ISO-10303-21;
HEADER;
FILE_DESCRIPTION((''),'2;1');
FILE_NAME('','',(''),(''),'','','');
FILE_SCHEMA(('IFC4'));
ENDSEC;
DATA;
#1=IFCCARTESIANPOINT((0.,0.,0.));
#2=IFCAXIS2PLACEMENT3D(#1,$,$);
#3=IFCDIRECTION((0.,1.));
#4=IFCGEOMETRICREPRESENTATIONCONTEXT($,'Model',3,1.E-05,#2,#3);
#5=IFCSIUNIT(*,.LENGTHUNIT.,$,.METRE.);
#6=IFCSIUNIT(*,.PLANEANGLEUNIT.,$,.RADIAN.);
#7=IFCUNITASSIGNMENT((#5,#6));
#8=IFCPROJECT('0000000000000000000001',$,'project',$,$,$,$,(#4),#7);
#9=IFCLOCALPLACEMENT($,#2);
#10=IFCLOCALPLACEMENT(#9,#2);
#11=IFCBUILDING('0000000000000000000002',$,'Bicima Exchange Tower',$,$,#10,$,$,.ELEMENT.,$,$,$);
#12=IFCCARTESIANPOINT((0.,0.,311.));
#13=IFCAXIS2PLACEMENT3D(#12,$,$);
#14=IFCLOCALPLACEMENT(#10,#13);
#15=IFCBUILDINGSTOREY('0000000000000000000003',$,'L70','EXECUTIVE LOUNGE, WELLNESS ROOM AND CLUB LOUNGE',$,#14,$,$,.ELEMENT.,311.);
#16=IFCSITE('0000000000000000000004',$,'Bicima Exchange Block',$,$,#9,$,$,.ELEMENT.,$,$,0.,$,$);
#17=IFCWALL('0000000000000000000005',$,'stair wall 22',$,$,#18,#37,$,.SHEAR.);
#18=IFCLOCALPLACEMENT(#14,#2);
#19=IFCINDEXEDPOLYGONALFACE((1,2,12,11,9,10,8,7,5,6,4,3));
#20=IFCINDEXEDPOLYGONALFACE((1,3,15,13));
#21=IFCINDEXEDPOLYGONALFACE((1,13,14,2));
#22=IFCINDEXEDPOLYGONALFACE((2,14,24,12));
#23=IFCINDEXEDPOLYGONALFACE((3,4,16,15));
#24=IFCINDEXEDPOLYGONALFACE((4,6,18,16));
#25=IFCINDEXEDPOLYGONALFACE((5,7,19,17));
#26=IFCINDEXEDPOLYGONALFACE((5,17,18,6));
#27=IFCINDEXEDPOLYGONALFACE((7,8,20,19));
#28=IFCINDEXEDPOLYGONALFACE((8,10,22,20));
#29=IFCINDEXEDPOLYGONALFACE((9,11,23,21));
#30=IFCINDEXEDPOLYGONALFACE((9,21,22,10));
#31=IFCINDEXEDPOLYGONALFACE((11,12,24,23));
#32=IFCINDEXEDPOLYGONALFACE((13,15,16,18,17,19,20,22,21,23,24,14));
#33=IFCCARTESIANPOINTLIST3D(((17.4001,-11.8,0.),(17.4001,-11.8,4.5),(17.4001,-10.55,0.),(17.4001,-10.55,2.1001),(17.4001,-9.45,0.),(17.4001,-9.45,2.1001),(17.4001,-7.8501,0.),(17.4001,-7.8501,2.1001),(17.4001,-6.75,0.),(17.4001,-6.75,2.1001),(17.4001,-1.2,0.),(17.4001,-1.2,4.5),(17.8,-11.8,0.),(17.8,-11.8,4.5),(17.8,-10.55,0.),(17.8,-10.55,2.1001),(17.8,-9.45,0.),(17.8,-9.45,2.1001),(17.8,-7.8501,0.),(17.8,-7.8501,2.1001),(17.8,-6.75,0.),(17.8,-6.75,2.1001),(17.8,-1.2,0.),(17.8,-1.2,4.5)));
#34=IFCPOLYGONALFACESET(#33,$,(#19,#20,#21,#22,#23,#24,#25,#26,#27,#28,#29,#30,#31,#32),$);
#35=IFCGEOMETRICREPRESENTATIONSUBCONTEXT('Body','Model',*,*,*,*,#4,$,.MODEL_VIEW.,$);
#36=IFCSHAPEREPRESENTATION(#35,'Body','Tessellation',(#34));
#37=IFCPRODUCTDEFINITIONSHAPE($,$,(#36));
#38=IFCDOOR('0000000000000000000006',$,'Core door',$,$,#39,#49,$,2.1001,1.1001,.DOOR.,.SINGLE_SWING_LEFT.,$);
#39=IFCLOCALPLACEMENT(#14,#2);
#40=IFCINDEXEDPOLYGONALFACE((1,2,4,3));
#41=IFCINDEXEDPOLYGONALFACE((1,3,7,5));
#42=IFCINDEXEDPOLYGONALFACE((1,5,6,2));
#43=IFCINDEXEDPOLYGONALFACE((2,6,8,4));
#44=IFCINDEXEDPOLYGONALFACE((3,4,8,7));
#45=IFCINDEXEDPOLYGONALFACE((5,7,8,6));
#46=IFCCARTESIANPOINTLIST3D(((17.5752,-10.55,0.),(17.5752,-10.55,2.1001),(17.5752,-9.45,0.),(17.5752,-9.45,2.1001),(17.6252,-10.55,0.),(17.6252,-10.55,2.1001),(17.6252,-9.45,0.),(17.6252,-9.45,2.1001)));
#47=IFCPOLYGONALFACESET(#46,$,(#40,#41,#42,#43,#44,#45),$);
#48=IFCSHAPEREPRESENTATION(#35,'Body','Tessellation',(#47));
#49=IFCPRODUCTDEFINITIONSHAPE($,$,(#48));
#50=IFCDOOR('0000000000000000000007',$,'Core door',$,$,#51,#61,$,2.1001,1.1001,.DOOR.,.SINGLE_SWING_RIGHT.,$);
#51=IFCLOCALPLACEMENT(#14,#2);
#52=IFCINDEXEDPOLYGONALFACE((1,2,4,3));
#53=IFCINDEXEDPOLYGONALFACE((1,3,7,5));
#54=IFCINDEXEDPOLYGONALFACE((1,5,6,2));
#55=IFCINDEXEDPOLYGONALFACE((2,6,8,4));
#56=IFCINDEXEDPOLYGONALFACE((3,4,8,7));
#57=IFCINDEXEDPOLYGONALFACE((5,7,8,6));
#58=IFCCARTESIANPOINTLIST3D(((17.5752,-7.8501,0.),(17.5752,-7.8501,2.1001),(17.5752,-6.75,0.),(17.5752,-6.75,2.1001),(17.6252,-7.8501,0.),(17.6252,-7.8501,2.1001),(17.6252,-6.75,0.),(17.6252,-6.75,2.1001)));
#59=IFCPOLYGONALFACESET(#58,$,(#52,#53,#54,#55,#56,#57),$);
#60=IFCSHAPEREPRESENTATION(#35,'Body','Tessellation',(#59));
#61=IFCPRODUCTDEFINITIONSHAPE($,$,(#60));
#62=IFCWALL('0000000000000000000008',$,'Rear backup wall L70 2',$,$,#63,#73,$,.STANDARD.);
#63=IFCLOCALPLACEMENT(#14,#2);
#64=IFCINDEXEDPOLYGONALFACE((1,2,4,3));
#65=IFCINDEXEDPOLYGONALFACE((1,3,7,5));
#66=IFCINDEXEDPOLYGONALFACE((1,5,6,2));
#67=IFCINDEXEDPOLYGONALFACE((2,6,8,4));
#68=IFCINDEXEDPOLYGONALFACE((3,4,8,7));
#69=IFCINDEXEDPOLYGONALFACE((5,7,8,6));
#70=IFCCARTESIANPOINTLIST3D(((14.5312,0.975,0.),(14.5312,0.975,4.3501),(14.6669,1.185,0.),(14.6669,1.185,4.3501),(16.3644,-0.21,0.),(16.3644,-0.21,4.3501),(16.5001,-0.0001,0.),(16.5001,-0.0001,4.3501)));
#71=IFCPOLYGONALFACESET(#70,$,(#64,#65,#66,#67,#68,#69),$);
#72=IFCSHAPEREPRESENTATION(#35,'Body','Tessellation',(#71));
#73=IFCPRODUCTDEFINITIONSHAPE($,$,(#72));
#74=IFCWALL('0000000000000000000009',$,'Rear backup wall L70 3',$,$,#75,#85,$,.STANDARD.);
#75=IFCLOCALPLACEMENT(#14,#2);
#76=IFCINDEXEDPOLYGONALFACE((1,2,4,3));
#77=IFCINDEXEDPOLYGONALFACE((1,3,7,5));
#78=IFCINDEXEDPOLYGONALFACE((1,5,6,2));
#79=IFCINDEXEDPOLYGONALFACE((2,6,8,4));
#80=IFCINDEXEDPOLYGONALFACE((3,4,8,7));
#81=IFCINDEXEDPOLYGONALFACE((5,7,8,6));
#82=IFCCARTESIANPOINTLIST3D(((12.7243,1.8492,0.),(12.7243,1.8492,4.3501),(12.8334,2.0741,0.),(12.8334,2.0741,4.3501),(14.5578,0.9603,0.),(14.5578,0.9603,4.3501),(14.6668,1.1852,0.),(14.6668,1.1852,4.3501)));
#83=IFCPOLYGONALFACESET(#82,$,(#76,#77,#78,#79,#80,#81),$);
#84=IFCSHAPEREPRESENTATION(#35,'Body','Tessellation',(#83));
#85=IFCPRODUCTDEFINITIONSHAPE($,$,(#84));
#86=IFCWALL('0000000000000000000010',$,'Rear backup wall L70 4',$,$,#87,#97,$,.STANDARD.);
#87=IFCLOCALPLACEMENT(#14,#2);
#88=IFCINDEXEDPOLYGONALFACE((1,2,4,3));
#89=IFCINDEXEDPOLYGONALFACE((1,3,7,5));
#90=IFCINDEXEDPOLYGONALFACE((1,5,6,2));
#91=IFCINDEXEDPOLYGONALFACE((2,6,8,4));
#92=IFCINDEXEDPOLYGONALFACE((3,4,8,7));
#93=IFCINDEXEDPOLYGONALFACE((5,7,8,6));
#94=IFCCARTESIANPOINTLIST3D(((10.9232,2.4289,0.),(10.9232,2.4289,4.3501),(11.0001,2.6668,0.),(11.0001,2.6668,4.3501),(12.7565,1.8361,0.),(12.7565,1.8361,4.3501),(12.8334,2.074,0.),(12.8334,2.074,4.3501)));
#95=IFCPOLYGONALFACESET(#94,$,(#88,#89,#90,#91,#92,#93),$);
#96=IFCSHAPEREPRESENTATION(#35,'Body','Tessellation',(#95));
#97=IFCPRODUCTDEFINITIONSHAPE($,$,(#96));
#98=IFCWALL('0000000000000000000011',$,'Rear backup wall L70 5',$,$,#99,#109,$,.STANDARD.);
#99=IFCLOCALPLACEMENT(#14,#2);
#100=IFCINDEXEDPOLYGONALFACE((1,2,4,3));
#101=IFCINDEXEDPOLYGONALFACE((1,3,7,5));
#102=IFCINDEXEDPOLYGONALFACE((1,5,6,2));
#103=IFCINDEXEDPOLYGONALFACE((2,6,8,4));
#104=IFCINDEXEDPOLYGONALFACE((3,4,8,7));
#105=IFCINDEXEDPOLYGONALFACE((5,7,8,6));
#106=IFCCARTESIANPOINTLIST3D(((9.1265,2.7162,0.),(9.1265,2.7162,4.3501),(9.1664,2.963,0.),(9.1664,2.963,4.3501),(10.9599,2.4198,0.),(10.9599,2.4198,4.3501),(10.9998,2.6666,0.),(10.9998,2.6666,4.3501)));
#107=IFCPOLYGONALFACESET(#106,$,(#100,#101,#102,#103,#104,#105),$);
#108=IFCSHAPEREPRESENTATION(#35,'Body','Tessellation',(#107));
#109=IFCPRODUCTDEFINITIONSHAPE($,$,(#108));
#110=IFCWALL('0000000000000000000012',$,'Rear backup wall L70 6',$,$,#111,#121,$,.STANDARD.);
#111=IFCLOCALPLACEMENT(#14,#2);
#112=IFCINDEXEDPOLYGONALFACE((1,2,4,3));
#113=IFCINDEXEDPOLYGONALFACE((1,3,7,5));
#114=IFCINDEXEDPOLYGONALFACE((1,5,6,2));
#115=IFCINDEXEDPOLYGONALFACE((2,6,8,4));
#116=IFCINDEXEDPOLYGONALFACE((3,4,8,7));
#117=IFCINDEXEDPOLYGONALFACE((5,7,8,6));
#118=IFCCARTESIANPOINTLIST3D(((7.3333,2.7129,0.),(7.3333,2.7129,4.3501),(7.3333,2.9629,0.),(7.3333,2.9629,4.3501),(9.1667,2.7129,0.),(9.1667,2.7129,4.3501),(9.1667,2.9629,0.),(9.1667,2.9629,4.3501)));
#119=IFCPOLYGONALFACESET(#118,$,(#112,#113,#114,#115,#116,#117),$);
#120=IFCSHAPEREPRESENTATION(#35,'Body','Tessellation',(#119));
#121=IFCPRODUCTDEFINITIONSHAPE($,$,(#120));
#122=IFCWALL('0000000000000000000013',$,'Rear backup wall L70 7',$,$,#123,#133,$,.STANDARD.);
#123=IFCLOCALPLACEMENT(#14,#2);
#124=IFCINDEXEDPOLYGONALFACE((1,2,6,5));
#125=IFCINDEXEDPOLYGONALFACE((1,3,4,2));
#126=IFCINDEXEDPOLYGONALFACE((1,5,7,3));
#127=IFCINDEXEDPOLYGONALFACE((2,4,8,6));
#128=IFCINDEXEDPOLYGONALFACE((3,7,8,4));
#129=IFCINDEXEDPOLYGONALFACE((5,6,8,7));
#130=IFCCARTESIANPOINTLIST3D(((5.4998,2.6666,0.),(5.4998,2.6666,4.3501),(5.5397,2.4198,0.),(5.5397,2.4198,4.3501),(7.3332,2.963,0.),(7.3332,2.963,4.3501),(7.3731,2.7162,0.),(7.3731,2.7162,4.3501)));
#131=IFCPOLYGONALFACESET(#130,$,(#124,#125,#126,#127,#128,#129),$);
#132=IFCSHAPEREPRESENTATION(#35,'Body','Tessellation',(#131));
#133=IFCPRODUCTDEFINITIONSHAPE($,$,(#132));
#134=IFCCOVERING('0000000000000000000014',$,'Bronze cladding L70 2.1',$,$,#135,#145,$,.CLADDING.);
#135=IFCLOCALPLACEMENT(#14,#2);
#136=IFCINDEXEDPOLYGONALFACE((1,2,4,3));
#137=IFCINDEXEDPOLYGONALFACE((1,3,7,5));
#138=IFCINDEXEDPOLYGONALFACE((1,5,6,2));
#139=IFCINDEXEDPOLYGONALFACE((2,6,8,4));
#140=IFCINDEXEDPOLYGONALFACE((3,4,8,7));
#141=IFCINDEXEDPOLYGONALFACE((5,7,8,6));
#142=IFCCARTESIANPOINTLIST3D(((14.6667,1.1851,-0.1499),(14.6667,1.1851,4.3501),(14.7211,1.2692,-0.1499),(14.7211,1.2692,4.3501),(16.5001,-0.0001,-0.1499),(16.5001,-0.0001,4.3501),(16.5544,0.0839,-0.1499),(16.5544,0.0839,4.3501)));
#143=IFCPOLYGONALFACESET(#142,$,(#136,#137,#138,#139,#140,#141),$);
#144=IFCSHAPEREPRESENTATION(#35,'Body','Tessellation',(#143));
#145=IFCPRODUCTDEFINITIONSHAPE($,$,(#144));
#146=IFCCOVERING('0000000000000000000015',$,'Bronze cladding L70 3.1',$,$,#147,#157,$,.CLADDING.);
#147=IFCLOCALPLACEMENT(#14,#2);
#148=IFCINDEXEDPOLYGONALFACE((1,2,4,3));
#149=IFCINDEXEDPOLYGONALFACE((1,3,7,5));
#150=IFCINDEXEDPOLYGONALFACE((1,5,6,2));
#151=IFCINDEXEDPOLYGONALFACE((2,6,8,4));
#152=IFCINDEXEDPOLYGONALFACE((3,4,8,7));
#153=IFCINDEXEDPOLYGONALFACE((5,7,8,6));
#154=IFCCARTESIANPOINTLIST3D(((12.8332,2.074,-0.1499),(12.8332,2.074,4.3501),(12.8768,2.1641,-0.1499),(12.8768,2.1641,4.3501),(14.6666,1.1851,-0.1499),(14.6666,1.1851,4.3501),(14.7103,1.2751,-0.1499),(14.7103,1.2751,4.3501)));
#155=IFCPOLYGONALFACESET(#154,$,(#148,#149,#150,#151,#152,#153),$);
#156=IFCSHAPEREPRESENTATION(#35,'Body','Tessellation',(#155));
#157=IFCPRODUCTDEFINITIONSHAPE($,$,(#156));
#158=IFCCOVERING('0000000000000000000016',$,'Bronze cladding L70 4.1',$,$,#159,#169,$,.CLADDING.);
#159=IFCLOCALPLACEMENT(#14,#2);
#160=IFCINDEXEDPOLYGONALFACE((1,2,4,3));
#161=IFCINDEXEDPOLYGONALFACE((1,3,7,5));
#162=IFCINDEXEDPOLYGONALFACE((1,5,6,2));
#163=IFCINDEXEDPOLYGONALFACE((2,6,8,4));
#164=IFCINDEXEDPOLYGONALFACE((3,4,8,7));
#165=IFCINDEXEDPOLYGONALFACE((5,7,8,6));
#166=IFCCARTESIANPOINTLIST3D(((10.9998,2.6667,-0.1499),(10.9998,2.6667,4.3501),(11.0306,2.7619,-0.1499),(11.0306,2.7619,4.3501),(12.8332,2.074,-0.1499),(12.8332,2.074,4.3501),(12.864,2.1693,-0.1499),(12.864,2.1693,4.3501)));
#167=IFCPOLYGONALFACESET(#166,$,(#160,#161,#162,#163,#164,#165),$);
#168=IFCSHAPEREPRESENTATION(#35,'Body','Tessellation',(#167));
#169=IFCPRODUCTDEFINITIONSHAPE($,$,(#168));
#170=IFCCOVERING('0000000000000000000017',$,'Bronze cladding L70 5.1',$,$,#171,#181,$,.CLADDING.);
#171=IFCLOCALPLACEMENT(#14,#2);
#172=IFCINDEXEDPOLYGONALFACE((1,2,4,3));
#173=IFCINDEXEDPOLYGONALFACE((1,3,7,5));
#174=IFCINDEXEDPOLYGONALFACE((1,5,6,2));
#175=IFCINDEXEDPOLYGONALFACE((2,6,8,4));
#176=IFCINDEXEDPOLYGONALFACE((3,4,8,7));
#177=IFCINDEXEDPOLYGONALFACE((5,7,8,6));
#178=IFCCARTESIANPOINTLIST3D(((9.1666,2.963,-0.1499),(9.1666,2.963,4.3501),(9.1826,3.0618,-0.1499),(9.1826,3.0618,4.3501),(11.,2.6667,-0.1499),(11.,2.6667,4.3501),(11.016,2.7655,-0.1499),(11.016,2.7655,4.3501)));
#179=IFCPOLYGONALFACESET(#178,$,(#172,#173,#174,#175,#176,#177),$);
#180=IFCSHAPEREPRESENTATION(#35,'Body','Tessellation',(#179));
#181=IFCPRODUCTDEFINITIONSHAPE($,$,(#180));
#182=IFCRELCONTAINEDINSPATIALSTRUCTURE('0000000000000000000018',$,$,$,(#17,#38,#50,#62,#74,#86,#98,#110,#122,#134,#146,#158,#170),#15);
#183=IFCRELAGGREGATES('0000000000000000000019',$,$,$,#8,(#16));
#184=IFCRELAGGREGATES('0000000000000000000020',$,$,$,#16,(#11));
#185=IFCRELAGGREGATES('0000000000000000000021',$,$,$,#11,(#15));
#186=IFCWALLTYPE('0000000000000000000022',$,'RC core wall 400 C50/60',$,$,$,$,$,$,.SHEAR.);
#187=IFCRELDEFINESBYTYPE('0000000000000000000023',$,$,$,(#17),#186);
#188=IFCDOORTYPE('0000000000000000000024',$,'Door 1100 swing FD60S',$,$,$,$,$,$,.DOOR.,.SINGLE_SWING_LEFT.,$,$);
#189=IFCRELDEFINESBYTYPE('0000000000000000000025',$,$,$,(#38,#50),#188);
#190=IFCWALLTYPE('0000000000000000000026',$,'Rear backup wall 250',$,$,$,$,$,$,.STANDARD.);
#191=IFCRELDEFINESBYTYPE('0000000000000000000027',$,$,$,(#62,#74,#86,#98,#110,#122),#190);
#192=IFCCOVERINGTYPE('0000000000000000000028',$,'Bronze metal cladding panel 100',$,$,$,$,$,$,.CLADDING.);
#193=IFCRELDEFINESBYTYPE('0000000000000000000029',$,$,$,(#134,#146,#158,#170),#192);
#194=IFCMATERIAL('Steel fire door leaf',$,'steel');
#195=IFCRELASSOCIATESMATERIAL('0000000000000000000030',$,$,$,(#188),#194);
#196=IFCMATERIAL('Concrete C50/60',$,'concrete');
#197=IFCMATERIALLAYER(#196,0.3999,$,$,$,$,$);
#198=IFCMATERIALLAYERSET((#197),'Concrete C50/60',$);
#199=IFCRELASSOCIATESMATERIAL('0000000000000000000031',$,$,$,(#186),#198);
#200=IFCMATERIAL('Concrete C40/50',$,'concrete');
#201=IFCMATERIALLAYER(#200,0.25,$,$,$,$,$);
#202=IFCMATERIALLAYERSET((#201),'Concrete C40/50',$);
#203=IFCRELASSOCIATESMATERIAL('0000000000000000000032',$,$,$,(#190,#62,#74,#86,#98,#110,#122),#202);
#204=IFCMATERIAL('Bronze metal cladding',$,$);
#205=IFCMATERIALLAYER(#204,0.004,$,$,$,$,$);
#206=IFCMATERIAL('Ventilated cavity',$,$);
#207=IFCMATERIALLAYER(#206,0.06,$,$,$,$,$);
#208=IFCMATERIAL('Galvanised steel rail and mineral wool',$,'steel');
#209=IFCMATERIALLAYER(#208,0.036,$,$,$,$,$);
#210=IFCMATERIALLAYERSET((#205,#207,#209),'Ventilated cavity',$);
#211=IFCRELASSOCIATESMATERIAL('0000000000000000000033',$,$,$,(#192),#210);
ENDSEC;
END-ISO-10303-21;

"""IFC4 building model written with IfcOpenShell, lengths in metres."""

from ifc_helpers import new_model, si_unit, direction, frame, frame_2d, origin, origin_2d, place, context, subcontext, project, spatial, rectangle, extrude, material, layer, layer_set, layer_usage, type_object, element, fill, save


model = new_model("IFC4")

# Units and contexts
model_context = context("Model", 3, precision=1e-05, world=origin(), true_north=direction((0.0, 1.0)))
body_context = subcontext(model_context, "Body", "Model", "MODEL_VIEW")
ifc_project = project(units=[si_unit("LENGTHUNIT", "METRE"), si_unit("PLANEANGLEUNIT", "RADIAN")], contexts=[model_context])

# Site, building, storey
site_placement = place(None, origin())
site = spatial("IfcSite", under=ifc_project, at=site_placement, Name="Bicima Exchange Block", CompositionType="ELEMENT", RefElevation=0.0)
building_placement = place(site_placement, origin())
building = spatial("IfcBuilding", under=site, at=building_placement, Name="Bicima Exchange Tower", CompositionType="ELEMENT")
storey_placement = place(building_placement, frame((0.0, 0.0, 311.0)))
storey = spatial("IfcBuildingStorey", under=building, at=storey_placement, Name="L70", Description="EXECUTIVE LOUNGE, WELLNESS ROOM AND CLUB LOUNGE", CompositionType="ELEMENT", Elevation=311.0)

# Shared definitions
ifc_material_1 = material(Name="Concrete C40/50", Category="concrete")

# Shared definitions
ifc_material_2 = material(Name="Steel fire door leaf", Category="steel")
door_type = type_object("IfcDoorType", Name="Door 1100 swing FD60S", OperationType="SINGLE_SWING_LEFT", PredefinedType="DOOR", material=ifc_material_2)

# Wall, openings, doors
ifc_material_3 = material(Name="Concrete C50/60", Category="concrete")
ifc_layer_1 = layer(ifc_material_3, 0.3999)
ifc_layer_set_1 = layer_set([ifc_layer_1], Name="Concrete C50/60")
wall_type_1 = type_object("IfcWallType", Name="RC core wall 400 C50/60", PredefinedType="SHEAR", material=ifc_layer_set_1)
wall_1_placement = place(storey_placement, frame((17.6001, -11.8, 0.0), z_axis=(0.0, 0.0, 1.0), x_axis=(0.0, 1.0, 0.0)))
wall_1 = element("IfcWall", 1, at=wall_1_placement, inside=storey, type_object=wall_type_1, Name="stair wall 22", PredefinedType="SHEAR", context=body_context, shape_type="SweptSolid", body=[
    extrude(rectangle(XDim=10.6001, YDim=0.3999, at=frame_2d((5.3, 0.0))), origin(), (0.0, 0.0, 1.0), 4.5),
])
opening_1_placement = place(wall_1_placement, frame((1.25, 0.0, 0.0)))
opening_1 = element("IfcOpeningElement", 2, at=opening_1_placement, cuts=wall_1, PredefinedType="OPENING", context=body_context, shape_type="SweptSolid", body=[
    extrude(rectangle(XDim=1.1001, YDim=2.1001, at=frame_2d((0.55, 1.05))), frame((0.0, 0.2119, 0.0), z_axis=(0.0, -1.0, 0.0), x_axis=(1.0, 0.0, 0.0)), (0.0, 0.0, 1.0), 0.4238),
])
opening_2_placement = place(wall_1_placement, frame((3.95, 0.0, 0.0)))
opening_2 = element("IfcOpeningElement", 3, at=opening_2_placement, cuts=wall_1, PredefinedType="OPENING", context=body_context, shape_type="SweptSolid", body=[
    extrude(rectangle(XDim=1.1001, YDim=2.1001, at=frame_2d((0.55, 1.05))), frame((0.0, 0.2119, 0.0), z_axis=(0.0, -1.0, 0.0), x_axis=(1.0, 0.0, 0.0)), (0.0, 0.0, 1.0), 0.4238),
])
door_1_placement = place(opening_1_placement, origin())
door_1 = element("IfcDoor", 4, at=door_1_placement, inside=storey, type_object=door_type, Name="Core door", OperationType="SINGLE_SWING_LEFT", OverallHeight=2.1001, OverallWidth=1.1001, PredefinedType="DOOR", context=body_context, shape_type="SweptSolid", body=[
    extrude(rectangle(XDim=1.1001, YDim=2.1001, at=frame_2d((0.55, 1.05))), frame((0.0, 0.0249, 0.0), z_axis=(0.0, -1.0, 0.0), x_axis=(1.0, 0.0, 0.0)), (0.0, 0.0, 1.0), 0.05),
])
fill(opening_1, door_1)
door_2_placement = place(opening_2_placement, origin())
door_2 = element("IfcDoor", 5, at=door_2_placement, inside=storey, type_object=door_type, Name="Core door", OperationType="SINGLE_SWING_RIGHT", OverallHeight=2.1001, OverallWidth=1.1001, PredefinedType="DOOR", context=body_context, shape_type="SweptSolid", body=[
    extrude(rectangle(XDim=1.1001, YDim=2.1001, at=frame_2d((0.55, 1.05))), frame((0.0, 0.0249, 0.0), z_axis=(0.0, -1.0, 0.0), x_axis=(1.0, 0.0, 0.0)), (0.0, 0.0, 1.0), 0.05),
])
fill(opening_2, door_2)

# Walls
ifc_layer_2 = layer(ifc_material_1, 0.25)
ifc_layer_set_2 = layer_set([ifc_layer_2], Name="Concrete C40/50")
ifc_layer_usage = layer_usage(ifc_layer_set_2, "AXIS2", "POSITIVE", -0.125)
wall_type_2 = type_object("IfcWallType", Name="Rear backup wall 250", PredefinedType="STANDARD", material=ifc_layer_set_2)
wall_2_placement = place(storey_placement, frame((16.4321, -0.105, 0.0), z_axis=(0.0, 0.0, 1.0), x_axis=(-0.839813, 0.542876, 0.0)))
element("IfcWall", 6, at=wall_2_placement, inside=storey, type_object=wall_type_2, material=ifc_layer_usage, Name="Rear backup wall L70 2", PredefinedType="STANDARD", context=body_context, shape_type="SweptSolid", body=[
    extrude(rectangle(XDim=2.1829, YDim=0.25, at=frame_2d((1.0913, 0.0))), origin(), (0.0, 0.0, 1.0), 4.3501),
])
wall_3_placement = place(storey_placement, frame((14.6123, 1.0728, 0.0), z_axis=(0.0, 0.0, 1.0), x_axis=(-0.899824, 0.436253, 0.0)))
element("IfcWall", 7, at=wall_3_placement, inside=storey, type_object=wall_type_2, material=ifc_layer_usage, Name="Rear backup wall L70 3", PredefinedType="STANDARD", context=body_context, shape_type="SweptSolid", body=[
    extrude(rectangle(XDim=2.0376, YDim=0.25, at=frame_2d((1.0188, 0.0))), origin(), (0.0, 0.0, 1.0), 4.3501),
])
wall_4_placement = place(storey_placement, frame((12.7949, 1.9551, 0.0), z_axis=(0.0, 0.0, 1.0), x_axis=(-0.951496, 0.307662, 0.0)))
element("IfcWall", 8, at=wall_4_placement, inside=storey, type_object=wall_type_2, material=ifc_layer_usage, Name="Rear backup wall L70 4", PredefinedType="STANDARD", context=body_context, shape_type="SweptSolid", body=[
    extrude(rectangle(XDim=1.9268, YDim=0.25, at=frame_2d((0.9634, 0.0))), origin(), (0.0, 0.0, 1.0), 4.3501),
])
wall_5_placement = place(storey_placement, frame((10.98, 2.5432, 0.0), z_axis=(0.0, 0.0, 1.0), x_axis=(-0.987182, 0.1596, 0.0)))
element("IfcWall", 9, at=wall_5_placement, inside=storey, type_object=wall_type_2, material=ifc_layer_usage, Name="Rear backup wall L70 5", PredefinedType="STANDARD", context=body_context, shape_type="SweptSolid", body=[
    extrude(rectangle(XDim=1.8572, YDim=0.25, at=frame_2d((0.9287, 0.0))), origin(), (0.0, 0.0, 1.0), 4.3501),
])
wall_6_placement = place(storey_placement, frame((9.1667, 2.8379, 0.0), z_axis=(0.0, 0.0, 1.0), x_axis=(-1.0, 0.0, 0.0)))
element("IfcWall", 10, at=wall_6_placement, inside=storey, type_object=wall_type_2, material=ifc_layer_usage, Name="Rear backup wall L70 6", PredefinedType="STANDARD", context=body_context, shape_type="SweptSolid", body=[
    extrude(rectangle(XDim=1.8335, YDim=0.25, at=frame_2d((0.9167, 0.0))), origin(), (0.0, 0.0, 1.0), 4.3501),
])
wall_7_placement = place(storey_placement, frame((7.3533, 2.8396, 0.0), z_axis=(0.0, 0.0, 1.0), x_axis=(-0.987182, -0.1596, 0.0)))
element("IfcWall", 11, at=wall_7_placement, inside=storey, type_object=wall_type_2, material=ifc_layer_usage, Name="Rear backup wall L70 7", PredefinedType="STANDARD", context=body_context, shape_type="SweptSolid", body=[
    extrude(rectangle(XDim=1.8572, YDim=0.25, at=frame_2d((0.9287, 0.0))), origin(), (0.0, 0.0, 1.0), 4.3501),
])

# Coverings
ifc_material_4 = material(Name="Bronze metal cladding")
ifc_layer_3 = layer(ifc_material_4, 0.004)
ifc_material_5 = material(Name="Ventilated cavity")
ifc_layer_4 = layer(ifc_material_5, 0.06)
ifc_material_6 = material(Name="Galvanised steel rail and mineral wool", Category="steel")
ifc_layer_5 = layer(ifc_material_6, 0.036)
ifc_layer_set_3 = layer_set([ifc_layer_3, ifc_layer_4, ifc_layer_5], Name="Ventilated cavity")
covering_type = type_object("IfcCoveringType", Name="Bronze metal cladding panel 100", PredefinedType="CLADDING", material=ifc_layer_set_3)
covering_1_placement = place(storey_placement, frame((15.6106, 0.6345, -0.1499), z_axis=(0.0, 0.0, 1.0), x_axis=(-0.83979, 0.542911, 0.0)))
element("IfcCovering", 12, at=covering_1_placement, inside=storey, type_object=covering_type, Name="Bronze cladding L70 2.1", PredefinedType="CLADDING", context=body_context, shape_type="SweptSolid", body=[
    extrude(rectangle(XDim=2.1831, YDim=0.1001, at=origin_2d()), origin(), (0.0, 0.0, 1.0), 4.5),
])
covering_2_placement = place(storey_placement, frame((13.7717, 1.6746, -0.1499), z_axis=(0.0, 0.0, 1.0), x_axis=(-0.899818, 0.436265, 0.0)))
element("IfcCovering", 13, at=covering_2_placement, inside=storey, type_object=covering_type, Name="Bronze cladding L70 3.1", PredefinedType="CLADDING", context=body_context, shape_type="SweptSolid", body=[
    extrude(rectangle(XDim=2.0376, YDim=0.1001, at=origin_2d()), origin(), (0.0, 0.0, 1.0), 4.5),
])
covering_3_placement = place(storey_placement, frame((11.9319, 2.418, -0.1499), z_axis=(0.0, 0.0, 1.0), x_axis=(-0.951525, 0.307573, 0.0)))
element("IfcCovering", 14, at=covering_3_placement, inside=storey, type_object=covering_type, Name="Bronze cladding L70 4.1", PredefinedType="CLADDING", context=body_context, shape_type="SweptSolid", body=[
    extrude(rectangle(XDim=1.9268, YDim=0.1001, at=origin_2d()), origin(), (0.0, 0.0, 1.0), 4.5),
])
covering_4_placement = place(storey_placement, frame((10.0913, 2.8643, -0.1499), z_axis=(0.0, 0.0, 1.0), x_axis=(-0.98719, 0.15955, 0.0)))
element("IfcCovering", 15, at=covering_4_placement, inside=storey, type_object=covering_type, Name="Bronze cladding L70 5.1", PredefinedType="CLADDING", context=body_context, shape_type="SweptSolid", body=[
    extrude(rectangle(XDim=1.8572, YDim=0.1001, at=origin_2d()), origin(), (0.0, 0.0, 1.0), 4.5),
])

save(model, "model.ifc")
